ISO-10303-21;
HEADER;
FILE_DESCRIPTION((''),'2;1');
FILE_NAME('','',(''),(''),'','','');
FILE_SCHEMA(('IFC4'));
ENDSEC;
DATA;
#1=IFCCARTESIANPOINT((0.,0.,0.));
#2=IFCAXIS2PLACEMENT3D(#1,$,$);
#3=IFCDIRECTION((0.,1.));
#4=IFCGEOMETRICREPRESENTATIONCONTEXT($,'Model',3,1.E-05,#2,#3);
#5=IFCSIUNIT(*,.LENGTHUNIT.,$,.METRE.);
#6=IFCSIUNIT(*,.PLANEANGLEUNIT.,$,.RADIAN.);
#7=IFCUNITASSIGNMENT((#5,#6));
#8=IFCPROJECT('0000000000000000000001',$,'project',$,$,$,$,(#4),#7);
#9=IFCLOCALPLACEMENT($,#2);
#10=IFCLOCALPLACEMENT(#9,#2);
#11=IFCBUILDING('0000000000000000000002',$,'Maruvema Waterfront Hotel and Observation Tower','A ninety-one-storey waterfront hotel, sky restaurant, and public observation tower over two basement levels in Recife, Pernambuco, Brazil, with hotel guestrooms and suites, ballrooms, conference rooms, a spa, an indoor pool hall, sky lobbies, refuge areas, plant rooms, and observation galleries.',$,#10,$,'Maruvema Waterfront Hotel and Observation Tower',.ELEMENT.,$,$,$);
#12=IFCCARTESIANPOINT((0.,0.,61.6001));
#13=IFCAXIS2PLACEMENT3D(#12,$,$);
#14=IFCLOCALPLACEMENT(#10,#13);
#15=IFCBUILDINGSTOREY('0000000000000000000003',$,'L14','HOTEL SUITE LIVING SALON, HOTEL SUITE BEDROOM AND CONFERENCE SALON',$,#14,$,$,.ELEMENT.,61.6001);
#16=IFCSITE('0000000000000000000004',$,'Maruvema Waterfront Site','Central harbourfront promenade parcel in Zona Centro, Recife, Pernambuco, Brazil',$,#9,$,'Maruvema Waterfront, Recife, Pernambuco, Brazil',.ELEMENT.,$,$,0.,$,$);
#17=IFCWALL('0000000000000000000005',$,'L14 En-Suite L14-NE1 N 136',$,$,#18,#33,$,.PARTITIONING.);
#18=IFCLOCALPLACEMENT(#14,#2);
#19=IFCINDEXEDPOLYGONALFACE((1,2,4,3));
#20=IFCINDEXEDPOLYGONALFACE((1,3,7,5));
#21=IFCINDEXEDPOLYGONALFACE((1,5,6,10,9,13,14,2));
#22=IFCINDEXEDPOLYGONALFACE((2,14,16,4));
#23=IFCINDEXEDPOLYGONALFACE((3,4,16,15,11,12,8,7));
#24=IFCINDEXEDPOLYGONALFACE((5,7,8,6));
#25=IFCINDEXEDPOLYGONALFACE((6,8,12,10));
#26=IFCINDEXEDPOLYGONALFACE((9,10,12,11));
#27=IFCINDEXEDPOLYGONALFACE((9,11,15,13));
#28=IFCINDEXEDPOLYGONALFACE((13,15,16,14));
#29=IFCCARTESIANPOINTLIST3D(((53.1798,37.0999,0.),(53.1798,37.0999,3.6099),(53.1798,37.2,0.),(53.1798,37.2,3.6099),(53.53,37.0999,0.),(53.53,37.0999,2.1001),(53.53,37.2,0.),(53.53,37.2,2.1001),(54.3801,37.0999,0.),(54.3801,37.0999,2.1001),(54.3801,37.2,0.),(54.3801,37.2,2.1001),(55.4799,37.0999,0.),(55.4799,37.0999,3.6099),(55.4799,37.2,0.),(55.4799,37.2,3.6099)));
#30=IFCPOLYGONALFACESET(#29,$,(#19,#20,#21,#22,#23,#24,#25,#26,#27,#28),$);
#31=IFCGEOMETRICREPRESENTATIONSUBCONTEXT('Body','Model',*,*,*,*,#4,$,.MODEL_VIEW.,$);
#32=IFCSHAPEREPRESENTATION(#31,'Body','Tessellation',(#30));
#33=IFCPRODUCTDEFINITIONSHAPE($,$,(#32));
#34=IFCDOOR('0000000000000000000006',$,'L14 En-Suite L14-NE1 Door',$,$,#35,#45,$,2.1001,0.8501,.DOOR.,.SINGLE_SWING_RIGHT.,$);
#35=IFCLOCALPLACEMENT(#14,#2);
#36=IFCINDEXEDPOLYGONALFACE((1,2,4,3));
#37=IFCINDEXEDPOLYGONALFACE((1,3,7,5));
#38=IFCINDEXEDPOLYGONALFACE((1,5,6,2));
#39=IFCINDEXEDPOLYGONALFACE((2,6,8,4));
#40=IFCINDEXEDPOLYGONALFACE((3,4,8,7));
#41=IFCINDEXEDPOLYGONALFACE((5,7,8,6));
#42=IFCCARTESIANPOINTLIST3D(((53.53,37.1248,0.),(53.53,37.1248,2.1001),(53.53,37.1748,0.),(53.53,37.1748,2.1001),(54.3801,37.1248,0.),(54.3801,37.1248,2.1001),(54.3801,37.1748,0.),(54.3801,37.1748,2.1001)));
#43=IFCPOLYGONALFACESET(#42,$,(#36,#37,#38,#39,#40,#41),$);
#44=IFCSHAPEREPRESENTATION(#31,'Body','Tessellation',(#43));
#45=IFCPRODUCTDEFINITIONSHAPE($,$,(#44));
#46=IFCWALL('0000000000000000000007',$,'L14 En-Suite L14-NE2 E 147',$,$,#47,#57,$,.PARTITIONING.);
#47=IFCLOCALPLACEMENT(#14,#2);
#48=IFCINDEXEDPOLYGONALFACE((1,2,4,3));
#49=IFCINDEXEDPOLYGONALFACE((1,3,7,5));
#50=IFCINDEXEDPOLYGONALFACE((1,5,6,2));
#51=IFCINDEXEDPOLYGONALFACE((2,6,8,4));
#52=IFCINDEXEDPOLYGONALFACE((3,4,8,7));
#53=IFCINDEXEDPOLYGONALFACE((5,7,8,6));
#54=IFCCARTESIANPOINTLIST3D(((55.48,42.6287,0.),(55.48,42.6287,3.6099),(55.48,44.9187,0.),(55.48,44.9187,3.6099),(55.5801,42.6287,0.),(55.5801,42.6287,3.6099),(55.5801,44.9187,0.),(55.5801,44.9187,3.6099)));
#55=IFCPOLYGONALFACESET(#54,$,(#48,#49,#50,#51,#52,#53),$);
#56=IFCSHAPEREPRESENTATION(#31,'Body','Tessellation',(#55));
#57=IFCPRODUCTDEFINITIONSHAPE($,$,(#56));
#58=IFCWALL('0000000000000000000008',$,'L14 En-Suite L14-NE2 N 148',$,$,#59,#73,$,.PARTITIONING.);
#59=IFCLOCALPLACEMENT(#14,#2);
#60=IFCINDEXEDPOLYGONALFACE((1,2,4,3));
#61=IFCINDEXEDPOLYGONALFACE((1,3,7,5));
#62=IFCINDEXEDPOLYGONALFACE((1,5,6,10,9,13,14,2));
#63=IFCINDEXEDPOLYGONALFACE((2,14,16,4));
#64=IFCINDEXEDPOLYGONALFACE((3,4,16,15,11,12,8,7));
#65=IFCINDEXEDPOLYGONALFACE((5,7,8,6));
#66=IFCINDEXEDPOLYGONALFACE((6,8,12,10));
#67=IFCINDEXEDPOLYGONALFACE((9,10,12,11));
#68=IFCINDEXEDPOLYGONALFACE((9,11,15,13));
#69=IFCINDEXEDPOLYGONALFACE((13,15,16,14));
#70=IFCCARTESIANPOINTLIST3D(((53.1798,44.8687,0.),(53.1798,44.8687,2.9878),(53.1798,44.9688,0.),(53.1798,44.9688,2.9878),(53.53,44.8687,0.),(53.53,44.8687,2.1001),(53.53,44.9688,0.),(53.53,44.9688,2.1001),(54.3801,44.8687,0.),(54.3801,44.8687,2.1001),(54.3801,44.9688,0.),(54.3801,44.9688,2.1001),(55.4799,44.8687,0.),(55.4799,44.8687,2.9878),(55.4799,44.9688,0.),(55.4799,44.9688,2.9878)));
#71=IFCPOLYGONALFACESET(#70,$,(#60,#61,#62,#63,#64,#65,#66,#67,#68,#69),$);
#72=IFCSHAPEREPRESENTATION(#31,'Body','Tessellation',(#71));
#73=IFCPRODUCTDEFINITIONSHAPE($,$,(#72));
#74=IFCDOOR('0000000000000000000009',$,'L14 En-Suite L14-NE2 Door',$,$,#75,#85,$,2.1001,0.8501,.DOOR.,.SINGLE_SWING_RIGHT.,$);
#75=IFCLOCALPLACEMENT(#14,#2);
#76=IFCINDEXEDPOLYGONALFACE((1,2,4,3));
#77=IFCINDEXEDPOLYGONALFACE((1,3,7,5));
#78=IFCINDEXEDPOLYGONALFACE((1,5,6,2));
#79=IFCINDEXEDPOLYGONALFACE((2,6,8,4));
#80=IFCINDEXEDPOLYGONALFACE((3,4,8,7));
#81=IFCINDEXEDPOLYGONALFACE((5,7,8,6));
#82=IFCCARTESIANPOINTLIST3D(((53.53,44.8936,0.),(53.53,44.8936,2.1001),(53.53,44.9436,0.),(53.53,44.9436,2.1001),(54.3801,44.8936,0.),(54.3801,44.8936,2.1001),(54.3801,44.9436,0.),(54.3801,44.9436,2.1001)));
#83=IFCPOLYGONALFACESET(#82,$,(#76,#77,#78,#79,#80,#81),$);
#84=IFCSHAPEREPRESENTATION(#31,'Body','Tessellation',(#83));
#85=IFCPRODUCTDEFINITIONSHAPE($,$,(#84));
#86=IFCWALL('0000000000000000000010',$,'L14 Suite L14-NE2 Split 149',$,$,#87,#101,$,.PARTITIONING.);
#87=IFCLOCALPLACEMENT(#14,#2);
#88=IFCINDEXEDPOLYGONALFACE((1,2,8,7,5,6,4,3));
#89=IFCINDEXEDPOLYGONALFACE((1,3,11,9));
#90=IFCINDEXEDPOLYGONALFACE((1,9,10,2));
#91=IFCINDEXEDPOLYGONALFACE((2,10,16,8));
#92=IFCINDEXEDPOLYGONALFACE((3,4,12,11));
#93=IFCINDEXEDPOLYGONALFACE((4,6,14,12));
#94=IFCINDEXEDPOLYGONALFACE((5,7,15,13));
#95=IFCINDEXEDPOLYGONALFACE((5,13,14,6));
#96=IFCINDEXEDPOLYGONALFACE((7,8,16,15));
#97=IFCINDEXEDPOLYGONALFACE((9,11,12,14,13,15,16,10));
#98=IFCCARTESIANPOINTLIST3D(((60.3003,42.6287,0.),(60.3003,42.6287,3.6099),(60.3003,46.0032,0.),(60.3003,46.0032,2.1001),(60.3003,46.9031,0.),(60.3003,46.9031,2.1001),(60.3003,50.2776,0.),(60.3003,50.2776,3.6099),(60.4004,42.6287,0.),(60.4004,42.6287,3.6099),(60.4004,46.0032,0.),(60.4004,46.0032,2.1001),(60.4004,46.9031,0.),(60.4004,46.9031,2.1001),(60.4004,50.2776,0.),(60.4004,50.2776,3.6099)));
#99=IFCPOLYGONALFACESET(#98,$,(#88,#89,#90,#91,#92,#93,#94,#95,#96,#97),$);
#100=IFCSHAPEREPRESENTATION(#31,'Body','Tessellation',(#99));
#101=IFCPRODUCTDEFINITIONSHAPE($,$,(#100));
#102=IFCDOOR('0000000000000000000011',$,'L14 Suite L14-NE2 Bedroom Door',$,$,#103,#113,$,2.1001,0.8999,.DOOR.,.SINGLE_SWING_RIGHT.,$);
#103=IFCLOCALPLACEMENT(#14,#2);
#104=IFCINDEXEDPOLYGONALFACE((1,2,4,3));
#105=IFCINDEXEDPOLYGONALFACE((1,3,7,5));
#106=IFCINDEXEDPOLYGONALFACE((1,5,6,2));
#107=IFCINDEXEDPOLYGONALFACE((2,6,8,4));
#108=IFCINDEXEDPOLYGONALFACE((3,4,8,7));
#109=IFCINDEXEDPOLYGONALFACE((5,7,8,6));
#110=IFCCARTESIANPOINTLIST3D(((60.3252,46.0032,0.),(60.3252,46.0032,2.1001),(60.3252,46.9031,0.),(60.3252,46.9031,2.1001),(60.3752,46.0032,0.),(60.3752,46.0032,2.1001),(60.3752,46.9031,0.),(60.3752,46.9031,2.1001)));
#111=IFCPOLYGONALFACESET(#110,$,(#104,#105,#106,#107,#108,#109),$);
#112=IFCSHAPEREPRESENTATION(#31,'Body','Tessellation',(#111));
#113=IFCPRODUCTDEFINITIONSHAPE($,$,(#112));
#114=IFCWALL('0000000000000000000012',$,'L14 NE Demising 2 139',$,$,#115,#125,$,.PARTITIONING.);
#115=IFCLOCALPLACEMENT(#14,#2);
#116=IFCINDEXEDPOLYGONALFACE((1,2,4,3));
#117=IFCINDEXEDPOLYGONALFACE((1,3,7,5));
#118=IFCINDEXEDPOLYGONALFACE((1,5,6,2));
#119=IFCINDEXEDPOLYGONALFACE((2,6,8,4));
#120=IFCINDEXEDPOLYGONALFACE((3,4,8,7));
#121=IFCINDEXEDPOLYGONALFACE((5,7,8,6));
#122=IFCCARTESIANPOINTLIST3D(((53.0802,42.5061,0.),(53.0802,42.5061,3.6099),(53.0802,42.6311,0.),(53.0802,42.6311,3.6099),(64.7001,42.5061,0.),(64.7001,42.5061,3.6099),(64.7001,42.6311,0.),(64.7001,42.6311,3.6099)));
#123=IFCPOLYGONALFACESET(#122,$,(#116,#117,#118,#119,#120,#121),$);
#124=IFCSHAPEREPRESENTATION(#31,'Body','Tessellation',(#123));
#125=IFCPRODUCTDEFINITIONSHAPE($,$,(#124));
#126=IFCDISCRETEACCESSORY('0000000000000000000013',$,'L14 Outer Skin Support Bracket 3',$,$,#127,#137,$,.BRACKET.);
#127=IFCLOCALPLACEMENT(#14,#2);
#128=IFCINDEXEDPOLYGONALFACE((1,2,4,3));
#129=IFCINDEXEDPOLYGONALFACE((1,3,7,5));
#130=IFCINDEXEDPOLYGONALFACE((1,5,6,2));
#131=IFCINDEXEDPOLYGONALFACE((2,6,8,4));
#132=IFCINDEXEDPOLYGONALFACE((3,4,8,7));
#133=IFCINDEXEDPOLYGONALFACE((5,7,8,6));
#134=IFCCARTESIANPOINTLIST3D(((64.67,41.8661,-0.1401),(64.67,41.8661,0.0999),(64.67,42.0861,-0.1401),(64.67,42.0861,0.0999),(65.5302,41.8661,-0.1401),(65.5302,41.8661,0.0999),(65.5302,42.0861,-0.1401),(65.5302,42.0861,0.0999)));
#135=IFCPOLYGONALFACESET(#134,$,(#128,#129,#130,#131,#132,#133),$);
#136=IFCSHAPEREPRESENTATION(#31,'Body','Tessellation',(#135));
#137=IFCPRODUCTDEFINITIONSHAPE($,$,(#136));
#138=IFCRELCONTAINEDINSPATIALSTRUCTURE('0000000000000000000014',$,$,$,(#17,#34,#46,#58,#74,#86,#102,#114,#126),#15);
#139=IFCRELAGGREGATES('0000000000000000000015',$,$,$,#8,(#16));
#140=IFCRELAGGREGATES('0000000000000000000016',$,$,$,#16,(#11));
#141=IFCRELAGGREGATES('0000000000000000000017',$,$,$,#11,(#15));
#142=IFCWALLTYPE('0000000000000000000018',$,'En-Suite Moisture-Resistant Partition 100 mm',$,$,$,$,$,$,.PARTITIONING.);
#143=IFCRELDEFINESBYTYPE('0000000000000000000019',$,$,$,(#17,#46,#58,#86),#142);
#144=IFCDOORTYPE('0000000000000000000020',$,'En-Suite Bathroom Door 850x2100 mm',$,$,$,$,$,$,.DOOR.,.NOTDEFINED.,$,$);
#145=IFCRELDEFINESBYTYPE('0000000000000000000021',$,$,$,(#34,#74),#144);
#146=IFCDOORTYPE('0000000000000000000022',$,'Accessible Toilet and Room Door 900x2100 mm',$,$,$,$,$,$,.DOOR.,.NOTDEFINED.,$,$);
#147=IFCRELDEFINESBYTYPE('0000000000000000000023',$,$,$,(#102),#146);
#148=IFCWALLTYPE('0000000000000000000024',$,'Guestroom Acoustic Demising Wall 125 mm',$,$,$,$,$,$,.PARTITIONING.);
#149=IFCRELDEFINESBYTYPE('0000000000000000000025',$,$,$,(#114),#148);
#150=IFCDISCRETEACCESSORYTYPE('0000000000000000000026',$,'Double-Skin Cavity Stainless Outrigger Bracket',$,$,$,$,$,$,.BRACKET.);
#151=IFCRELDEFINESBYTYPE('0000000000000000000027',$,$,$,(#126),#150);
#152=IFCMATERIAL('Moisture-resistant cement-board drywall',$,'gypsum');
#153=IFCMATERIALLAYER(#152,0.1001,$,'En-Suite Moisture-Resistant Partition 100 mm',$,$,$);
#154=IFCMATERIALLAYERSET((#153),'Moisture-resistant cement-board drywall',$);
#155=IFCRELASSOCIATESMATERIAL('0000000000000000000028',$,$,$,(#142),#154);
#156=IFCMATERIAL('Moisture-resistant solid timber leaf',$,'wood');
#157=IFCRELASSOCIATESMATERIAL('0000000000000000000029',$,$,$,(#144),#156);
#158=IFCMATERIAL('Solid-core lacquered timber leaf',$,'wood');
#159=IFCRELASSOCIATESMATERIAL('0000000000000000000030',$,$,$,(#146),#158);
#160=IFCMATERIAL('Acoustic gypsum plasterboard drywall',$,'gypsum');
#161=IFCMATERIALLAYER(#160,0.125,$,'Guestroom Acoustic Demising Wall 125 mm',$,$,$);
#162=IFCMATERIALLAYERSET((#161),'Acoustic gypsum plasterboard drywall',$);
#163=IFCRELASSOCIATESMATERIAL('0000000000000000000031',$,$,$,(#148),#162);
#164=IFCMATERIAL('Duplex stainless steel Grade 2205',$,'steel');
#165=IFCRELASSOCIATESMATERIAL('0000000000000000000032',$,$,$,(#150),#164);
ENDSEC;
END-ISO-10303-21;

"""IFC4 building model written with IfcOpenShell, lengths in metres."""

from ifc_helpers import new_model, si_unit, direction, frame, frame_2d, origin, origin_2d, place, context, subcontext, project, spatial, rectangle, extrude, material, layer, layer_set, type_object, element, fill, save


model = new_model("IFC4")

# Units and contexts
model_context = context("Model", 3, precision=1e-05, world=origin(), true_north=direction((0.0, 1.0)))
body_context = subcontext(model_context, "Body", "Model", "MODEL_VIEW")
ifc_project = project(units=[si_unit("LENGTHUNIT", "METRE"), si_unit("PLANEANGLEUNIT", "RADIAN")], contexts=[model_context])

# Site, building, storey
site_placement = place(None, origin())
site = spatial("IfcSite", under=ifc_project, at=site_placement, Name="Maruvema Waterfront Site", Description="Central harbourfront promenade parcel in Zona Centro, Recife, Pernambuco, Brazil", LongName="Maruvema Waterfront, Recife, Pernambuco, Brazil", CompositionType="ELEMENT", RefElevation=0.0)
building_placement = place(site_placement, origin())
building = spatial("IfcBuilding", under=site, at=building_placement, Name="Maruvema Waterfront Hotel and Observation Tower", Description="A ninety-one-storey waterfront hotel, sky restaurant, and public observation tower over two basement levels in Recife, Pernambuco, Brazil, with hotel guestrooms and suites, ballrooms, conference rooms, a spa, an indoor pool hall, sky lobbies, refuge areas, plant rooms, and observation galleries.", LongName="Maruvema Waterfront Hotel and Observation Tower", CompositionType="ELEMENT")
storey_placement = place(building_placement, frame((0.0, 0.0, 61.6001)))
storey = spatial("IfcBuildingStorey", under=building, at=storey_placement, Name="L14", Description="HOTEL SUITE LIVING SALON, HOTEL SUITE BEDROOM AND CONFERENCE SALON", CompositionType="ELEMENT", Elevation=61.6001)

# Wall, opening, door
ifc_material_1 = material(Name="Moisture-resistant cement-board drywall", Category="gypsum")
ifc_layer_1 = layer(ifc_material_1, 0.1001, Name="En-Suite Moisture-Resistant Partition 100 mm")
ifc_layer_set_1 = layer_set([ifc_layer_1], Name="Moisture-resistant cement-board drywall")
wall_type_1 = type_object("IfcWallType", Name="En-Suite Moisture-Resistant Partition 100 mm", PredefinedType="PARTITIONING", material=ifc_layer_set_1)
wall_1_placement = place(storey_placement, frame((53.1799, 37.1499, 0.0), z_axis=(0.0, 0.0, 1.0), x_axis=(1.0, 0.0, 0.0)))
wall_1 = element("IfcWall", 1, at=wall_1_placement, inside=storey, type_object=wall_type_1, Name="L14 En-Suite L14-NE1 N 136", PredefinedType="PARTITIONING", context=body_context, shape_type="SweptSolid", body=[
    extrude(rectangle(XDim=2.3, YDim=0.1001, at=frame_2d((1.1499, 0.0))), origin(), (0.0, 0.0, 1.0), 3.6099),
])
opening_1_placement = place(wall_1_placement, frame((0.3501, 0.0, 0.0)))
opening_1 = element("IfcOpeningElement", 2, at=opening_1_placement, cuts=wall_1, PredefinedType="OPENING", context=body_context, shape_type="SweptSolid", body=[
    extrude(rectangle(XDim=0.8501, YDim=2.1001, at=frame_2d((0.425, 1.05))), frame((0.0, 0.0601, 0.0), z_axis=(0.0, -1.0, 0.0), x_axis=(1.0, 0.0, 0.0)), (0.0, 0.0, 1.0), 0.1201),
])
ifc_material_2 = material(Name="Moisture-resistant solid timber leaf", Category="wood")
door_type_1 = type_object("IfcDoorType", Name="En-Suite Bathroom Door 850x2100 mm", OperationType="NOTDEFINED", PredefinedType="DOOR", material=ifc_material_2)
door_1_placement = place(opening_1_placement, origin())
door_1 = element("IfcDoor", 3, at=door_1_placement, inside=storey, type_object=door_type_1, Name="L14 En-Suite L14-NE1 Door", OperationType="SINGLE_SWING_RIGHT", OverallHeight=2.1001, OverallWidth=0.8501, PredefinedType="DOOR", context=body_context, shape_type="SweptSolid", body=[
    extrude(rectangle(XDim=0.8501, YDim=2.1001, at=frame_2d((0.425, 1.05))), frame((0.0, 0.0249, 0.0), z_axis=(0.0, -1.0, 0.0), x_axis=(1.0, 0.0, 0.0)), (0.0, 0.0, 1.0), 0.05),
])
fill(opening_1, door_1)

# Wall
wall_2_placement = place(storey_placement, frame((55.53, 42.6287, 0.0), z_axis=(0.0, 0.0, 1.0), x_axis=(0.0, 1.0, 0.0)))
element("IfcWall", 4, at=wall_2_placement, inside=storey, type_object=wall_type_1, Name="L14 En-Suite L14-NE2 E 147", PredefinedType="PARTITIONING", context=body_context, shape_type="SweptSolid", body=[
    extrude(rectangle(XDim=2.29, YDim=0.1001, at=frame_2d((1.145, 0.0))), origin(), (0.0, 0.0, 1.0), 3.6099),
])

# Walls, openings, doors
wall_3_placement = place(storey_placement, frame((53.1799, 44.9187, 0.0), z_axis=(0.0, 0.0, 1.0), x_axis=(1.0, 0.0, 0.0)))
wall_3 = element("IfcWall", 5, at=wall_3_placement, inside=storey, type_object=wall_type_1, Name="L14 En-Suite L14-NE2 N 148", PredefinedType="PARTITIONING", context=body_context, shape_type="SweptSolid", body=[
    extrude(rectangle(XDim=2.3, YDim=0.1001, at=frame_2d((1.1499, 0.0))), origin(), (0.0, 0.0, 1.0), 2.9878),
])
opening_2_placement = place(wall_3_placement, frame((0.3501, 0.0, 0.0)))
opening_2 = element("IfcOpeningElement", 6, at=opening_2_placement, cuts=wall_3, PredefinedType="OPENING", context=body_context, shape_type="SweptSolid", body=[
    extrude(rectangle(XDim=0.8501, YDim=2.1001, at=frame_2d((0.425, 1.05))), frame((0.0, 0.0601, 0.0), z_axis=(0.0, -1.0, 0.0), x_axis=(1.0, 0.0, 0.0)), (0.0, 0.0, 1.0), 0.1201),
])
door_2_placement = place(opening_2_placement, origin())
door_2 = element("IfcDoor", 7, at=door_2_placement, inside=storey, type_object=door_type_1, Name="L14 En-Suite L14-NE2 Door", OperationType="SINGLE_SWING_RIGHT", OverallHeight=2.1001, OverallWidth=0.8501, PredefinedType="DOOR", context=body_context, shape_type="SweptSolid", body=[
    extrude(rectangle(XDim=0.8501, YDim=2.1001, at=frame_2d((0.425, 1.05))), frame((0.0, 0.0249, 0.0), z_axis=(0.0, -1.0, 0.0), x_axis=(1.0, 0.0, 0.0)), (0.0, 0.0, 1.0), 0.05),
])
fill(opening_2, door_2)
wall_4_placement = place(storey_placement, frame((60.3503, 42.6287, 0.0), z_axis=(0.0, 0.0, 1.0), x_axis=(0.0, 1.0, 0.0)))
wall_4 = element("IfcWall", 8, at=wall_4_placement, inside=storey, type_object=wall_type_1, Name="L14 Suite L14-NE2 Split 149", PredefinedType="PARTITIONING", context=body_context, shape_type="SweptSolid", body=[
    extrude(rectangle(XDim=7.6489, YDim=0.1001, at=frame_2d((3.8245, 0.0))), origin(), (0.0, 0.0, 1.0), 3.6099),
])
opening_3_placement = place(wall_4_placement, frame((3.3745, 0.0, 0.0)))
opening_3 = element("IfcOpeningElement", 9, at=opening_3_placement, cuts=wall_4, PredefinedType="OPENING", context=body_context, shape_type="SweptSolid", body=[
    extrude(rectangle(XDim=0.8999, YDim=2.1001, at=frame_2d((0.45, 1.05))), frame((0.0, 0.0601, 0.0), z_axis=(0.0, -1.0, 0.0), x_axis=(1.0, 0.0, 0.0)), (0.0, 0.0, 1.0), 0.1201),
])
ifc_material_3 = material(Name="Solid-core lacquered timber leaf", Category="wood")
door_type_2 = type_object("IfcDoorType", Name="Accessible Toilet and Room Door 900x2100 mm", OperationType="NOTDEFINED", PredefinedType="DOOR", material=ifc_material_3)
door_3_placement = place(opening_3_placement, frame((0.8999, 0.0, 0.0), z_axis=(0.0, 0.0, 1.0), x_axis=(-1.0, 0.0, 0.0)))
door_3 = element("IfcDoor", 10, at=door_3_placement, inside=storey, type_object=door_type_2, Name="L14 Suite L14-NE2 Bedroom Door", OperationType="SINGLE_SWING_RIGHT", OverallHeight=2.1001, OverallWidth=0.8999, PredefinedType="DOOR", context=body_context, shape_type="SweptSolid", body=[
    extrude(rectangle(XDim=0.8999, YDim=2.1001, at=frame_2d((0.45, 1.05))), frame((0.0, 0.0249, 0.0), z_axis=(0.0, -1.0, 0.0), x_axis=(1.0, 0.0, 0.0)), (0.0, 0.0, 1.0), 0.05),
])
fill(opening_3, door_3)

# Wall
ifc_material_4 = material(Name="Acoustic gypsum plasterboard drywall", Category="gypsum")
ifc_layer_2 = layer(ifc_material_4, 0.125, Name="Guestroom Acoustic Demising Wall 125 mm")
ifc_layer_set_2 = layer_set([ifc_layer_2], Name="Acoustic gypsum plasterboard drywall")
wall_type_2 = type_object("IfcWallType", Name="Guestroom Acoustic Demising Wall 125 mm", PredefinedType="PARTITIONING", material=ifc_layer_set_2)
wall_5_placement = place(storey_placement, frame((53.0801, 42.5686, 0.0), z_axis=(0.0, 0.0, 1.0), x_axis=(1.0, 0.0, 0.0)))
element("IfcWall", 11, at=wall_5_placement, inside=storey, type_object=wall_type_2, Name="L14 NE Demising 2 139", PredefinedType="PARTITIONING", context=body_context, shape_type="SweptSolid", body=[
    extrude(rectangle(XDim=11.6199, YDim=0.125, at=frame_2d((5.8101, 0.0))), origin(), (0.0, 0.0, 1.0), 3.6099),
])

# Discrete accessory
ifc_material_5 = material(Name="Duplex stainless steel Grade 2205", Category="steel")
discrete_accessory_type = type_object("IfcDiscreteAccessoryType", Name="Double-Skin Cavity Stainless Outrigger Bracket", PredefinedType="BRACKET", material=ifc_material_5)
discrete_accessory_placement = place(storey_placement, frame((65.1001, 41.9761, -0.1401), z_axis=(0.0, 0.0, 1.0), x_axis=(0.0, 1.0, 0.0)))
element("IfcDiscreteAccessory", 12, at=discrete_accessory_placement, inside=storey, type_object=discrete_accessory_type, Name="L14 Outer Skin Support Bracket 3", PredefinedType="BRACKET", context=body_context, shape_type="SweptSolid", body=[
    extrude(rectangle(XDim=0.22, YDim=0.8601, at=origin_2d()), origin(), (0.0, 0.0, 1.0), 0.24),
])

save(model, "model.ifc")
